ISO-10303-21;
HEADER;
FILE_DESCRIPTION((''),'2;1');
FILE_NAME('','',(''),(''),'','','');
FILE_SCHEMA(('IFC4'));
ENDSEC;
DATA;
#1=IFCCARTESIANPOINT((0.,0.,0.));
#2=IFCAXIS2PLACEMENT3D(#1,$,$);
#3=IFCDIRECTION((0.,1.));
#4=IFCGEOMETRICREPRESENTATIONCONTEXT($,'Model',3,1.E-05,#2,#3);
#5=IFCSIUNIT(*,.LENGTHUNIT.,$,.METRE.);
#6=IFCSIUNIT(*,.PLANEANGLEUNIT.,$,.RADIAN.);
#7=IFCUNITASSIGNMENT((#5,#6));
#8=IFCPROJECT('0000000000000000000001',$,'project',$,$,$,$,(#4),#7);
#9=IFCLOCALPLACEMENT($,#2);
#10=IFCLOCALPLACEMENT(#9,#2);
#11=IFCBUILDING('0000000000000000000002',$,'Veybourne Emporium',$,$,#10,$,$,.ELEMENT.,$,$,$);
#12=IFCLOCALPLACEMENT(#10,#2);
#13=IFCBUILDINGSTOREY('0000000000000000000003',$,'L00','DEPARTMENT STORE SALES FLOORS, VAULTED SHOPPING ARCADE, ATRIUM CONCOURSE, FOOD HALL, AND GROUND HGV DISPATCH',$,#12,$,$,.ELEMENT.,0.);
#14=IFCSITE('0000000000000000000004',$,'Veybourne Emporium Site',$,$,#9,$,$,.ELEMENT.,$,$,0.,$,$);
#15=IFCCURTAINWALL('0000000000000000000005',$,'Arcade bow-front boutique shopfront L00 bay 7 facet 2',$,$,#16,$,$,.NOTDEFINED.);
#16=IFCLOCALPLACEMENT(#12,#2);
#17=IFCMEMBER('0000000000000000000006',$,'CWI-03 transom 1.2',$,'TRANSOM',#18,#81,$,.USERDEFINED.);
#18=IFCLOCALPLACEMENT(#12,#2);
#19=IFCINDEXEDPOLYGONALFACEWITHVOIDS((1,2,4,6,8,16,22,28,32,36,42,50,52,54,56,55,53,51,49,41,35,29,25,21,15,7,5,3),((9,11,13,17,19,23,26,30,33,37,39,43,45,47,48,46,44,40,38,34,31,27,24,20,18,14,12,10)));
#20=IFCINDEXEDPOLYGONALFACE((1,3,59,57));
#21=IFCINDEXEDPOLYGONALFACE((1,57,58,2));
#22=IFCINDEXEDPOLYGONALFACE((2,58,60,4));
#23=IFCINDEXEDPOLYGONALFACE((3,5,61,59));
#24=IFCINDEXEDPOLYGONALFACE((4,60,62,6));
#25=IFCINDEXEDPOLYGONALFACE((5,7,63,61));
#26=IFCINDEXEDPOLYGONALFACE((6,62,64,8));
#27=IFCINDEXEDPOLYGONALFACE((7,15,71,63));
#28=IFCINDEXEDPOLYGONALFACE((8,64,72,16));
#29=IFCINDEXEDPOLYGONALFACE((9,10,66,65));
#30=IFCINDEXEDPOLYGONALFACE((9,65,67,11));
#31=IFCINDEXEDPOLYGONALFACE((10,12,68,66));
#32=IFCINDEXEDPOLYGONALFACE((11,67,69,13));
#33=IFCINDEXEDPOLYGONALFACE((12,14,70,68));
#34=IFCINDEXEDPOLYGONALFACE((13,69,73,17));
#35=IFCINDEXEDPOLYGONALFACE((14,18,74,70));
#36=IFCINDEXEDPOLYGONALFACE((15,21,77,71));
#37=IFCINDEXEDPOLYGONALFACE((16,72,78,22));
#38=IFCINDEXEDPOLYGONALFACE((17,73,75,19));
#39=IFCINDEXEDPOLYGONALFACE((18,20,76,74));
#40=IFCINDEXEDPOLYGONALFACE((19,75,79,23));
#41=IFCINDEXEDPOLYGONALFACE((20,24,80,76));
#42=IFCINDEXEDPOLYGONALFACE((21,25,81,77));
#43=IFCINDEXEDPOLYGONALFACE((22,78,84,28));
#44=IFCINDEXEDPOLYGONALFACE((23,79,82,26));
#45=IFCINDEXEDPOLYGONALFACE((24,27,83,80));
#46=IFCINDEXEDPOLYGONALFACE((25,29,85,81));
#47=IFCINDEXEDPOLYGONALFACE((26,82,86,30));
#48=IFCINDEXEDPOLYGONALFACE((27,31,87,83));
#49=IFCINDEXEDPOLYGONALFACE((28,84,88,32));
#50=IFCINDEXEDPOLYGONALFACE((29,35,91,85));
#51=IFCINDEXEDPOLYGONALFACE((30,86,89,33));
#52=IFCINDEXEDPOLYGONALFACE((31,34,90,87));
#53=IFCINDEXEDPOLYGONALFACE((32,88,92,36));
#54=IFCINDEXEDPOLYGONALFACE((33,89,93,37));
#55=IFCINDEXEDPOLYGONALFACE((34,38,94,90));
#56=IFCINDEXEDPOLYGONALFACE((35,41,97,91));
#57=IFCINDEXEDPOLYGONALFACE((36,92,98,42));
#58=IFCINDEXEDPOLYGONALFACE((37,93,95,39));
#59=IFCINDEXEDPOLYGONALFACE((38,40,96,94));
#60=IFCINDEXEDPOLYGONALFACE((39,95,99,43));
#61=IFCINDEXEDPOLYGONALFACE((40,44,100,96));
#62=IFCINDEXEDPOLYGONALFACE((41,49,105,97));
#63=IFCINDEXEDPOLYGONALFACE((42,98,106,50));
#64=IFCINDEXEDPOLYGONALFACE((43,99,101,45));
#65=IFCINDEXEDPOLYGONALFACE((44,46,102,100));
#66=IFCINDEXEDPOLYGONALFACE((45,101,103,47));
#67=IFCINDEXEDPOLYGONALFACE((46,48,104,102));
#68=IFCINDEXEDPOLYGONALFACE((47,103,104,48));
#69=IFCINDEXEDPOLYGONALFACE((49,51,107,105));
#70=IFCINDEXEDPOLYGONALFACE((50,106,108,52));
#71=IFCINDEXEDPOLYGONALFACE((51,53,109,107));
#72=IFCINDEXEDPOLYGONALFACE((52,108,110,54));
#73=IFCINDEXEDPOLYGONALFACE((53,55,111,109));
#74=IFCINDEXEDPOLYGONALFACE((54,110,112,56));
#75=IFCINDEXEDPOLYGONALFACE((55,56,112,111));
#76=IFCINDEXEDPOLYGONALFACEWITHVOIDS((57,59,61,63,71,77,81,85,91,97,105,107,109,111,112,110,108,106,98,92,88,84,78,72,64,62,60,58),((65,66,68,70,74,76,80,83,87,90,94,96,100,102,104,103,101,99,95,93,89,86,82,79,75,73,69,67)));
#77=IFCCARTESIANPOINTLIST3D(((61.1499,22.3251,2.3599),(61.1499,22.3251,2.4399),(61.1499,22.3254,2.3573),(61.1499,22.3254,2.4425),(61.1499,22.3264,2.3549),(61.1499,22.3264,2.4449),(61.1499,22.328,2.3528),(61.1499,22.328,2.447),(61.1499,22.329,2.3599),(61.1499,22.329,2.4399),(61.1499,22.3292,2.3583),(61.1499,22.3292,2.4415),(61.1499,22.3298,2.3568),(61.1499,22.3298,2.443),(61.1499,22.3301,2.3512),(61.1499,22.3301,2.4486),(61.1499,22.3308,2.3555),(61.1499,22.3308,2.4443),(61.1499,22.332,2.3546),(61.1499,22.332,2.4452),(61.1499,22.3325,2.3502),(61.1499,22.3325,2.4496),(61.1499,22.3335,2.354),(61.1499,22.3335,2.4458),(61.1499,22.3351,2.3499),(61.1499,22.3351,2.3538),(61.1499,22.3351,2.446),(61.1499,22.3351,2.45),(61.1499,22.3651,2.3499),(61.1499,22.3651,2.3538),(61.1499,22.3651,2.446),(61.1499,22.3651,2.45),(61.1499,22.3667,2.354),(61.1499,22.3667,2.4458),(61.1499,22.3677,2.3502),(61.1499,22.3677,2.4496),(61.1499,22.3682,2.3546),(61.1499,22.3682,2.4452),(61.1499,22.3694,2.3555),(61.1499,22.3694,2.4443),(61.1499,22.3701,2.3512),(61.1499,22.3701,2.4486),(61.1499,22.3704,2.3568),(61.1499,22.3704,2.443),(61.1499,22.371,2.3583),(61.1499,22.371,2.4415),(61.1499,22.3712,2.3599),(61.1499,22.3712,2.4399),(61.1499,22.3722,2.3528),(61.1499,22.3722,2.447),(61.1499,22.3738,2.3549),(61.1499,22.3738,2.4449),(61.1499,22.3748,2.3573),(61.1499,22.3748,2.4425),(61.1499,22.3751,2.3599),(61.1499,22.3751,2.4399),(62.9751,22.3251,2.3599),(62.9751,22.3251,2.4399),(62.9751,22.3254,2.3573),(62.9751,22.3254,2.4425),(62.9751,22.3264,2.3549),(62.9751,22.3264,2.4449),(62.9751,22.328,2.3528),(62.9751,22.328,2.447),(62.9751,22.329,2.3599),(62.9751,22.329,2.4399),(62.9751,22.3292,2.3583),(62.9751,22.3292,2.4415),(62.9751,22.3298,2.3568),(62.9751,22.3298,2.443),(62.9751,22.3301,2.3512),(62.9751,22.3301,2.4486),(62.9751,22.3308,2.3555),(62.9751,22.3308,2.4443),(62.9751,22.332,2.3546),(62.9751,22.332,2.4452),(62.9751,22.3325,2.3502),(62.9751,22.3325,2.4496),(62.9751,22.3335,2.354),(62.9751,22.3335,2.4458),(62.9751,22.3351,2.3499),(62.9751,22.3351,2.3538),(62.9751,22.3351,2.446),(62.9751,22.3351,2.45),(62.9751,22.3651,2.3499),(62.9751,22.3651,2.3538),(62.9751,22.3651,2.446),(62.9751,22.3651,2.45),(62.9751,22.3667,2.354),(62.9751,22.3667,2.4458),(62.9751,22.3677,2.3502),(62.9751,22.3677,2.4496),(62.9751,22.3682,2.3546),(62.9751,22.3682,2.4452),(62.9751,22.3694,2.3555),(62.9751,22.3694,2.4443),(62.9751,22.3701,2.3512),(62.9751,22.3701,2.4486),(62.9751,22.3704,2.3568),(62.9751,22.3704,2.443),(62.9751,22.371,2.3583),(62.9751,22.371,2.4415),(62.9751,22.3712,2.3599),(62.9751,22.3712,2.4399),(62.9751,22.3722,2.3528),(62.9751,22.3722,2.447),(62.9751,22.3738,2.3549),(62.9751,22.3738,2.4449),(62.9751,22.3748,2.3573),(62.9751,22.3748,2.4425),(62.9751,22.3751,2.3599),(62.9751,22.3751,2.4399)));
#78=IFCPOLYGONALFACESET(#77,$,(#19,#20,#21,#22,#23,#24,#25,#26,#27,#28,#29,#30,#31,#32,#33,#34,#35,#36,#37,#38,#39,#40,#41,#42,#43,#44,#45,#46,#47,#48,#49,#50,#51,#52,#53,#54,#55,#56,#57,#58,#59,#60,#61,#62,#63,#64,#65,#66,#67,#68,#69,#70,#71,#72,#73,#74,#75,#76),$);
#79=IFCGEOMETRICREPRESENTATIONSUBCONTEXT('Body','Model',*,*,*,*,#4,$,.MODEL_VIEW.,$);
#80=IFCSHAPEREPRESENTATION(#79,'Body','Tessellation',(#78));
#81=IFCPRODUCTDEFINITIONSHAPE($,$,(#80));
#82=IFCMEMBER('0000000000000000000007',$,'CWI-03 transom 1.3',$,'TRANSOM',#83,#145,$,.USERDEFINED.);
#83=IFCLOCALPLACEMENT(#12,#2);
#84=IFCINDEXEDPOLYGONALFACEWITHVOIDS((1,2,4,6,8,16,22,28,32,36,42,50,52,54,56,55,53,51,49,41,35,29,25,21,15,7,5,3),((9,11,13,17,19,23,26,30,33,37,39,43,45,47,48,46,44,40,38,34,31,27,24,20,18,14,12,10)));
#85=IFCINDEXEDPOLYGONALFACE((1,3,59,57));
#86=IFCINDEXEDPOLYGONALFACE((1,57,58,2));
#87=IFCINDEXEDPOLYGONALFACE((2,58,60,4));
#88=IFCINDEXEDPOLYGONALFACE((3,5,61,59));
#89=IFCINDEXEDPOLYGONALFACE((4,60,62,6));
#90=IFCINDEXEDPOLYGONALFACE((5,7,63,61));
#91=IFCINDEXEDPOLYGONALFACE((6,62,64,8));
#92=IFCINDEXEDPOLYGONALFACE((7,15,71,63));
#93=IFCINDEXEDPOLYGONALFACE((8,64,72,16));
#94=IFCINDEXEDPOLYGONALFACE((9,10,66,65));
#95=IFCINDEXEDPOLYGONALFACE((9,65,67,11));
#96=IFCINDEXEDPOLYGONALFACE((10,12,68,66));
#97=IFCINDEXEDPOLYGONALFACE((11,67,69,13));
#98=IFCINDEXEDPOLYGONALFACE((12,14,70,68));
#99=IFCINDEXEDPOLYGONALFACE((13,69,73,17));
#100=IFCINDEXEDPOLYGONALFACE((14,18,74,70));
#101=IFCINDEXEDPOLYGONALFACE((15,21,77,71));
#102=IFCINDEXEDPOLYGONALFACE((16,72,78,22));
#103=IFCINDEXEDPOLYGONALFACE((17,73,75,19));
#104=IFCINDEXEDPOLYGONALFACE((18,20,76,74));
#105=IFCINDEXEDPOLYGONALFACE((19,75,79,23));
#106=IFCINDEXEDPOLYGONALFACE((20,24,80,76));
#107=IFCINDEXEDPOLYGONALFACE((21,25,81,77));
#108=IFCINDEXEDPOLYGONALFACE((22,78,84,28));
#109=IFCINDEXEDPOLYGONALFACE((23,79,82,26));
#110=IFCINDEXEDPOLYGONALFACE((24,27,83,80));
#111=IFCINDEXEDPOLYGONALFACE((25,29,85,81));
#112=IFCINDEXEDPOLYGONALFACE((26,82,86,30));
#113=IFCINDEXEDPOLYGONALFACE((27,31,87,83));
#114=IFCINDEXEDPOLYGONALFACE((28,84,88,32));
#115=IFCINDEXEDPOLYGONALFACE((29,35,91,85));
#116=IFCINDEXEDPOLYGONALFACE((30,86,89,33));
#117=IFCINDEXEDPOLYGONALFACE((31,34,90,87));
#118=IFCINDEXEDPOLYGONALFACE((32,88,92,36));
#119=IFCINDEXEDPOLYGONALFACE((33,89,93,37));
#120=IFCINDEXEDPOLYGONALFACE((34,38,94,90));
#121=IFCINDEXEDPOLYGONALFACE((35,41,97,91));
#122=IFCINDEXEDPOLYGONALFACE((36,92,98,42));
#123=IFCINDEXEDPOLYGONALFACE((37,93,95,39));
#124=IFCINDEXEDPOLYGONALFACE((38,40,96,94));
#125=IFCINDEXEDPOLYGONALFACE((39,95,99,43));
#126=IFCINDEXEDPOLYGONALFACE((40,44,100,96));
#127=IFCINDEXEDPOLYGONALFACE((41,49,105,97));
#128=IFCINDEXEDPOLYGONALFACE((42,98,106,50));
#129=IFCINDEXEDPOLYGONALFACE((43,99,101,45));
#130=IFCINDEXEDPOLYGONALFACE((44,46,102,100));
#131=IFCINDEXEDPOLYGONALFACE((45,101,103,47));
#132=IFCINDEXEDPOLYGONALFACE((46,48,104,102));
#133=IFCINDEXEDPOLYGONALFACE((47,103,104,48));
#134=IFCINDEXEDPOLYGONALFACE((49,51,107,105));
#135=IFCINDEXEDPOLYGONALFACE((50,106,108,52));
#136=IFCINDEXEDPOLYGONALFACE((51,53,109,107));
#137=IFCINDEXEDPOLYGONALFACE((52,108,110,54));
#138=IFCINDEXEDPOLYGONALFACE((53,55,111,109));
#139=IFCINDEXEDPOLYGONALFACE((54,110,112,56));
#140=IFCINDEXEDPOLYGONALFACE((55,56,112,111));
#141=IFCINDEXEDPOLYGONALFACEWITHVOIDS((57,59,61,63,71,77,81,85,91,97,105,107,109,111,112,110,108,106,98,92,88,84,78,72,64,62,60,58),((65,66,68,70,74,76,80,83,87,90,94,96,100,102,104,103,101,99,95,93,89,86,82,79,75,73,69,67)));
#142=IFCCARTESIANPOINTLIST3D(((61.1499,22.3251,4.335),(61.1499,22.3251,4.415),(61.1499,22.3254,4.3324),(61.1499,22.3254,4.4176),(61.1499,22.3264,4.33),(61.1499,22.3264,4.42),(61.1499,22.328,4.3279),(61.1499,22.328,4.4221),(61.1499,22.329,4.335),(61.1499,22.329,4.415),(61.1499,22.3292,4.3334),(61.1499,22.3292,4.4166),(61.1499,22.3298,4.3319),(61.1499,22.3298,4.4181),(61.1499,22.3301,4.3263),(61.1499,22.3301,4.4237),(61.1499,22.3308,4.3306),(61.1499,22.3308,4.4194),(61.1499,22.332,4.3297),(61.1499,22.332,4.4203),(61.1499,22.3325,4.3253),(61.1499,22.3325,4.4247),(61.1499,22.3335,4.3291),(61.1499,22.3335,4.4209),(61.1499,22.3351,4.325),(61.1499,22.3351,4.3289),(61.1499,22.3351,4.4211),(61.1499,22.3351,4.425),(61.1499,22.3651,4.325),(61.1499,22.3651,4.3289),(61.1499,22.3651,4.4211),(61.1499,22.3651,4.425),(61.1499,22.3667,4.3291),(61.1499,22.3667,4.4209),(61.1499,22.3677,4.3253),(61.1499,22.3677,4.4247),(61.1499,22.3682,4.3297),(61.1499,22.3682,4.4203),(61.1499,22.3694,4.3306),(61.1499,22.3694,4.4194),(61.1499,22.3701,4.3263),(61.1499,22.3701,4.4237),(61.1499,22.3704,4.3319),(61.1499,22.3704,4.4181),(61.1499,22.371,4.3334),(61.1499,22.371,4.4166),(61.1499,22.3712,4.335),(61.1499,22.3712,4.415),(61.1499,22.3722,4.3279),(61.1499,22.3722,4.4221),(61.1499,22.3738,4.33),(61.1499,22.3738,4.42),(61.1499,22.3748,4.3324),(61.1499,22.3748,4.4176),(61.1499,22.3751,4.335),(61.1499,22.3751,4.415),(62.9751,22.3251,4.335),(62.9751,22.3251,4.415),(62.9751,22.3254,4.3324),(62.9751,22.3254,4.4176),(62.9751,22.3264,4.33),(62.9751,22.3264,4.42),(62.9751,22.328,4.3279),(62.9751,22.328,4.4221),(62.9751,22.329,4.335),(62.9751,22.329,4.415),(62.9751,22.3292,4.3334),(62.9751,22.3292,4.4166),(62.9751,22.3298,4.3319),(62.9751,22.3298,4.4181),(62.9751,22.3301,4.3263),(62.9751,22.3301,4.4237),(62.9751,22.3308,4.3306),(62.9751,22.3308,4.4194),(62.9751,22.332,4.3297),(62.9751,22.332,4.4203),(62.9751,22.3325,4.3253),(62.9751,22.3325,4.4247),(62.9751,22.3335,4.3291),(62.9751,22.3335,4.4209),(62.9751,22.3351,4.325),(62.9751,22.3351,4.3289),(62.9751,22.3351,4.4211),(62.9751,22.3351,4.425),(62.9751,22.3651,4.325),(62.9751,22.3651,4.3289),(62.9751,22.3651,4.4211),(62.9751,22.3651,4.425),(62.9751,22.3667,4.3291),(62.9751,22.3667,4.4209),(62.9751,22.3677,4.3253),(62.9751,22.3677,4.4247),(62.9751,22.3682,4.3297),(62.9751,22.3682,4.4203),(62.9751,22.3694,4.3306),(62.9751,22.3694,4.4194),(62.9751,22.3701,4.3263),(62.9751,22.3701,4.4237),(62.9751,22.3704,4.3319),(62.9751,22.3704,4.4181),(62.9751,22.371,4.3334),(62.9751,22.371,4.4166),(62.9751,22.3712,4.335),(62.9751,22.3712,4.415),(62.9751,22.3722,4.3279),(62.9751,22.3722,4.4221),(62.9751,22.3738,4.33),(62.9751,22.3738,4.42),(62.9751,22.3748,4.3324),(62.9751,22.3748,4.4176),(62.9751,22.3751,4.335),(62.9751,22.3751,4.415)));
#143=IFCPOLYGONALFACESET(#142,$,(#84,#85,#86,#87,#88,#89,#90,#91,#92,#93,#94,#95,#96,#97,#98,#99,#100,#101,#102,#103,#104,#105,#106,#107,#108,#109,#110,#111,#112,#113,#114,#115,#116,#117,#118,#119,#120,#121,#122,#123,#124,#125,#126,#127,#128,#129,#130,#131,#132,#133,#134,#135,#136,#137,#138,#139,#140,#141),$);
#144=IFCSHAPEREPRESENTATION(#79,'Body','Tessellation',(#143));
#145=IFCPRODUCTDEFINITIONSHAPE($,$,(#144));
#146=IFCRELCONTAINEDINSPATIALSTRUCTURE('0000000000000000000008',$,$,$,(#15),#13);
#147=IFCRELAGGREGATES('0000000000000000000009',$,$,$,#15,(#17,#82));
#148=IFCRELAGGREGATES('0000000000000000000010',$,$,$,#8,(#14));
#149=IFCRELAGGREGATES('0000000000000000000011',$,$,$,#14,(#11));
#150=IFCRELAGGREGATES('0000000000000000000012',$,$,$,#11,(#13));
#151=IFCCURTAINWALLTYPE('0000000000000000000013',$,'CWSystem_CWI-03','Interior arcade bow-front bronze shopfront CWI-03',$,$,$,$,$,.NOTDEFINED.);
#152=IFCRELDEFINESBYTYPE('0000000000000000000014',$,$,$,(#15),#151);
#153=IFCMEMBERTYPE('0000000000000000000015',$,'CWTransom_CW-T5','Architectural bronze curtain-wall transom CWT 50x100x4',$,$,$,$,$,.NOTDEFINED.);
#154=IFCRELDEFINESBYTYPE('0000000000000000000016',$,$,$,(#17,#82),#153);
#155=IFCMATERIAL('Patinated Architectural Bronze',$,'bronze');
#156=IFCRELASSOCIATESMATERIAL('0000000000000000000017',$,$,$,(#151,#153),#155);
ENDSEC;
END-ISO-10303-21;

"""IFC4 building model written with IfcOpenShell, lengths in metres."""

from ifc_helpers import new_model, si_unit, direction, frame, origin, origin_2d, place, context, subcontext, project, spatial, hollow_rectangle, extrude, material, material_profile, profile_set, type_object, element, aggregate, save


model = new_model("IFC4")

# Units and contexts
model_context = context("Model", 3, precision=1e-05, world=origin(), true_north=direction((0.0, 1.0)))
body_context = subcontext(model_context, "Body", "Model", "MODEL_VIEW")
ifc_project = project(units=[si_unit("LENGTHUNIT", "METRE"), si_unit("PLANEANGLEUNIT", "RADIAN")], contexts=[model_context])

# Site, building, storey
site_placement = place(None, origin())
site = spatial("IfcSite", under=ifc_project, at=site_placement, Name="Veybourne Emporium Site", CompositionType="ELEMENT", RefElevation=0.0)
building_placement = place(site_placement, origin())
building = spatial("IfcBuilding", under=site, at=building_placement, Name="Veybourne Emporium", CompositionType="ELEMENT")
storey_placement = place(building_placement, origin())
storey = spatial("IfcBuildingStorey", under=building, at=storey_placement, Name="L00", Description="DEPARTMENT STORE SALES FLOORS, VAULTED SHOPPING ARCADE, ATRIUM CONCOURSE, FOOD HALL, AND GROUND HGV DISPATCH", CompositionType="ELEMENT", Elevation=0.0)

# Shared definitions
ifc_material_1 = material(Name="Patinated Architectural Bronze", Category="bronze")

# Curtain wall, members
curtain_wall_type_1 = type_object("IfcCurtainWallType", Name="CWSystem_CWI-03", Description="Interior arcade bow-front bronze shopfront CWI-03", PredefinedType="NOTDEFINED", material=ifc_material_1)
curtain_wall_1_placement = place(storey_placement, origin())
curtain_wall_1 = element("IfcCurtainWall", 1, at=curtain_wall_1_placement, inside=storey, type_object=curtain_wall_type_1, Name="Arcade bow-front boutique shopfront L00 bay 7 facet 2", PredefinedType="NOTDEFINED")
ifc_material_profile_1 = material_profile(ifc_material_1, hollow_rectangle(XDim=0.05, YDim=0.1001, WallThickness=0.0039, InnerFilletRadius=0.0061, OuterFilletRadius=0.01, at=origin_2d()), Name="CWT 50x100x4")
ifc_profile_set_1 = profile_set([ifc_material_profile_1], Name="Patinated Architectural Bronze")
member_type_1 = type_object("IfcMemberType", Name="CWTransom_CW-T5", Description="Architectural bronze curtain-wall transom CWT 50x100x4", PredefinedType="NOTDEFINED", material=ifc_profile_set_1)
member_1_placement = place(storey_placement, frame((61.1499, 22.3501, 2.3999), z_axis=(1.0, 0.0, 0.0), x_axis=(0.0, 1.0, 0.0)))
member_1 = element("IfcMember", 2, at=member_1_placement, type_object=member_type_1, Name="CWI-03 transom 1.2", ObjectType="TRANSOM", PredefinedType="USERDEFINED", context=body_context, shape_type="SweptSolid", body=[
    extrude(hollow_rectangle(XDim=0.05, YDim=0.1001, WallThickness=0.0039, InnerFilletRadius=0.0061, OuterFilletRadius=0.01, at=origin_2d()), origin(), (0.0, 0.0, 1.0), 1.8252),
])
member_2_placement = place(storey_placement, frame((61.1499, 22.3501, 4.375), z_axis=(1.0, 0.0, 0.0), x_axis=(0.0, 1.0, 0.0)))
member_2 = element("IfcMember", 3, at=member_2_placement, type_object=member_type_1, Name="CWI-03 transom 1.3", ObjectType="TRANSOM", PredefinedType="USERDEFINED", context=body_context, shape_type="SweptSolid", body=[
    extrude(hollow_rectangle(XDim=0.05, YDim=0.1001, WallThickness=0.0039, InnerFilletRadius=0.0061, OuterFilletRadius=0.01, at=origin_2d()), origin(), (0.0, 0.0, 1.0), 1.8252),
])

aggregate(curtain_wall_1, [member_1, member_2])

save(model, "model.ifc")
